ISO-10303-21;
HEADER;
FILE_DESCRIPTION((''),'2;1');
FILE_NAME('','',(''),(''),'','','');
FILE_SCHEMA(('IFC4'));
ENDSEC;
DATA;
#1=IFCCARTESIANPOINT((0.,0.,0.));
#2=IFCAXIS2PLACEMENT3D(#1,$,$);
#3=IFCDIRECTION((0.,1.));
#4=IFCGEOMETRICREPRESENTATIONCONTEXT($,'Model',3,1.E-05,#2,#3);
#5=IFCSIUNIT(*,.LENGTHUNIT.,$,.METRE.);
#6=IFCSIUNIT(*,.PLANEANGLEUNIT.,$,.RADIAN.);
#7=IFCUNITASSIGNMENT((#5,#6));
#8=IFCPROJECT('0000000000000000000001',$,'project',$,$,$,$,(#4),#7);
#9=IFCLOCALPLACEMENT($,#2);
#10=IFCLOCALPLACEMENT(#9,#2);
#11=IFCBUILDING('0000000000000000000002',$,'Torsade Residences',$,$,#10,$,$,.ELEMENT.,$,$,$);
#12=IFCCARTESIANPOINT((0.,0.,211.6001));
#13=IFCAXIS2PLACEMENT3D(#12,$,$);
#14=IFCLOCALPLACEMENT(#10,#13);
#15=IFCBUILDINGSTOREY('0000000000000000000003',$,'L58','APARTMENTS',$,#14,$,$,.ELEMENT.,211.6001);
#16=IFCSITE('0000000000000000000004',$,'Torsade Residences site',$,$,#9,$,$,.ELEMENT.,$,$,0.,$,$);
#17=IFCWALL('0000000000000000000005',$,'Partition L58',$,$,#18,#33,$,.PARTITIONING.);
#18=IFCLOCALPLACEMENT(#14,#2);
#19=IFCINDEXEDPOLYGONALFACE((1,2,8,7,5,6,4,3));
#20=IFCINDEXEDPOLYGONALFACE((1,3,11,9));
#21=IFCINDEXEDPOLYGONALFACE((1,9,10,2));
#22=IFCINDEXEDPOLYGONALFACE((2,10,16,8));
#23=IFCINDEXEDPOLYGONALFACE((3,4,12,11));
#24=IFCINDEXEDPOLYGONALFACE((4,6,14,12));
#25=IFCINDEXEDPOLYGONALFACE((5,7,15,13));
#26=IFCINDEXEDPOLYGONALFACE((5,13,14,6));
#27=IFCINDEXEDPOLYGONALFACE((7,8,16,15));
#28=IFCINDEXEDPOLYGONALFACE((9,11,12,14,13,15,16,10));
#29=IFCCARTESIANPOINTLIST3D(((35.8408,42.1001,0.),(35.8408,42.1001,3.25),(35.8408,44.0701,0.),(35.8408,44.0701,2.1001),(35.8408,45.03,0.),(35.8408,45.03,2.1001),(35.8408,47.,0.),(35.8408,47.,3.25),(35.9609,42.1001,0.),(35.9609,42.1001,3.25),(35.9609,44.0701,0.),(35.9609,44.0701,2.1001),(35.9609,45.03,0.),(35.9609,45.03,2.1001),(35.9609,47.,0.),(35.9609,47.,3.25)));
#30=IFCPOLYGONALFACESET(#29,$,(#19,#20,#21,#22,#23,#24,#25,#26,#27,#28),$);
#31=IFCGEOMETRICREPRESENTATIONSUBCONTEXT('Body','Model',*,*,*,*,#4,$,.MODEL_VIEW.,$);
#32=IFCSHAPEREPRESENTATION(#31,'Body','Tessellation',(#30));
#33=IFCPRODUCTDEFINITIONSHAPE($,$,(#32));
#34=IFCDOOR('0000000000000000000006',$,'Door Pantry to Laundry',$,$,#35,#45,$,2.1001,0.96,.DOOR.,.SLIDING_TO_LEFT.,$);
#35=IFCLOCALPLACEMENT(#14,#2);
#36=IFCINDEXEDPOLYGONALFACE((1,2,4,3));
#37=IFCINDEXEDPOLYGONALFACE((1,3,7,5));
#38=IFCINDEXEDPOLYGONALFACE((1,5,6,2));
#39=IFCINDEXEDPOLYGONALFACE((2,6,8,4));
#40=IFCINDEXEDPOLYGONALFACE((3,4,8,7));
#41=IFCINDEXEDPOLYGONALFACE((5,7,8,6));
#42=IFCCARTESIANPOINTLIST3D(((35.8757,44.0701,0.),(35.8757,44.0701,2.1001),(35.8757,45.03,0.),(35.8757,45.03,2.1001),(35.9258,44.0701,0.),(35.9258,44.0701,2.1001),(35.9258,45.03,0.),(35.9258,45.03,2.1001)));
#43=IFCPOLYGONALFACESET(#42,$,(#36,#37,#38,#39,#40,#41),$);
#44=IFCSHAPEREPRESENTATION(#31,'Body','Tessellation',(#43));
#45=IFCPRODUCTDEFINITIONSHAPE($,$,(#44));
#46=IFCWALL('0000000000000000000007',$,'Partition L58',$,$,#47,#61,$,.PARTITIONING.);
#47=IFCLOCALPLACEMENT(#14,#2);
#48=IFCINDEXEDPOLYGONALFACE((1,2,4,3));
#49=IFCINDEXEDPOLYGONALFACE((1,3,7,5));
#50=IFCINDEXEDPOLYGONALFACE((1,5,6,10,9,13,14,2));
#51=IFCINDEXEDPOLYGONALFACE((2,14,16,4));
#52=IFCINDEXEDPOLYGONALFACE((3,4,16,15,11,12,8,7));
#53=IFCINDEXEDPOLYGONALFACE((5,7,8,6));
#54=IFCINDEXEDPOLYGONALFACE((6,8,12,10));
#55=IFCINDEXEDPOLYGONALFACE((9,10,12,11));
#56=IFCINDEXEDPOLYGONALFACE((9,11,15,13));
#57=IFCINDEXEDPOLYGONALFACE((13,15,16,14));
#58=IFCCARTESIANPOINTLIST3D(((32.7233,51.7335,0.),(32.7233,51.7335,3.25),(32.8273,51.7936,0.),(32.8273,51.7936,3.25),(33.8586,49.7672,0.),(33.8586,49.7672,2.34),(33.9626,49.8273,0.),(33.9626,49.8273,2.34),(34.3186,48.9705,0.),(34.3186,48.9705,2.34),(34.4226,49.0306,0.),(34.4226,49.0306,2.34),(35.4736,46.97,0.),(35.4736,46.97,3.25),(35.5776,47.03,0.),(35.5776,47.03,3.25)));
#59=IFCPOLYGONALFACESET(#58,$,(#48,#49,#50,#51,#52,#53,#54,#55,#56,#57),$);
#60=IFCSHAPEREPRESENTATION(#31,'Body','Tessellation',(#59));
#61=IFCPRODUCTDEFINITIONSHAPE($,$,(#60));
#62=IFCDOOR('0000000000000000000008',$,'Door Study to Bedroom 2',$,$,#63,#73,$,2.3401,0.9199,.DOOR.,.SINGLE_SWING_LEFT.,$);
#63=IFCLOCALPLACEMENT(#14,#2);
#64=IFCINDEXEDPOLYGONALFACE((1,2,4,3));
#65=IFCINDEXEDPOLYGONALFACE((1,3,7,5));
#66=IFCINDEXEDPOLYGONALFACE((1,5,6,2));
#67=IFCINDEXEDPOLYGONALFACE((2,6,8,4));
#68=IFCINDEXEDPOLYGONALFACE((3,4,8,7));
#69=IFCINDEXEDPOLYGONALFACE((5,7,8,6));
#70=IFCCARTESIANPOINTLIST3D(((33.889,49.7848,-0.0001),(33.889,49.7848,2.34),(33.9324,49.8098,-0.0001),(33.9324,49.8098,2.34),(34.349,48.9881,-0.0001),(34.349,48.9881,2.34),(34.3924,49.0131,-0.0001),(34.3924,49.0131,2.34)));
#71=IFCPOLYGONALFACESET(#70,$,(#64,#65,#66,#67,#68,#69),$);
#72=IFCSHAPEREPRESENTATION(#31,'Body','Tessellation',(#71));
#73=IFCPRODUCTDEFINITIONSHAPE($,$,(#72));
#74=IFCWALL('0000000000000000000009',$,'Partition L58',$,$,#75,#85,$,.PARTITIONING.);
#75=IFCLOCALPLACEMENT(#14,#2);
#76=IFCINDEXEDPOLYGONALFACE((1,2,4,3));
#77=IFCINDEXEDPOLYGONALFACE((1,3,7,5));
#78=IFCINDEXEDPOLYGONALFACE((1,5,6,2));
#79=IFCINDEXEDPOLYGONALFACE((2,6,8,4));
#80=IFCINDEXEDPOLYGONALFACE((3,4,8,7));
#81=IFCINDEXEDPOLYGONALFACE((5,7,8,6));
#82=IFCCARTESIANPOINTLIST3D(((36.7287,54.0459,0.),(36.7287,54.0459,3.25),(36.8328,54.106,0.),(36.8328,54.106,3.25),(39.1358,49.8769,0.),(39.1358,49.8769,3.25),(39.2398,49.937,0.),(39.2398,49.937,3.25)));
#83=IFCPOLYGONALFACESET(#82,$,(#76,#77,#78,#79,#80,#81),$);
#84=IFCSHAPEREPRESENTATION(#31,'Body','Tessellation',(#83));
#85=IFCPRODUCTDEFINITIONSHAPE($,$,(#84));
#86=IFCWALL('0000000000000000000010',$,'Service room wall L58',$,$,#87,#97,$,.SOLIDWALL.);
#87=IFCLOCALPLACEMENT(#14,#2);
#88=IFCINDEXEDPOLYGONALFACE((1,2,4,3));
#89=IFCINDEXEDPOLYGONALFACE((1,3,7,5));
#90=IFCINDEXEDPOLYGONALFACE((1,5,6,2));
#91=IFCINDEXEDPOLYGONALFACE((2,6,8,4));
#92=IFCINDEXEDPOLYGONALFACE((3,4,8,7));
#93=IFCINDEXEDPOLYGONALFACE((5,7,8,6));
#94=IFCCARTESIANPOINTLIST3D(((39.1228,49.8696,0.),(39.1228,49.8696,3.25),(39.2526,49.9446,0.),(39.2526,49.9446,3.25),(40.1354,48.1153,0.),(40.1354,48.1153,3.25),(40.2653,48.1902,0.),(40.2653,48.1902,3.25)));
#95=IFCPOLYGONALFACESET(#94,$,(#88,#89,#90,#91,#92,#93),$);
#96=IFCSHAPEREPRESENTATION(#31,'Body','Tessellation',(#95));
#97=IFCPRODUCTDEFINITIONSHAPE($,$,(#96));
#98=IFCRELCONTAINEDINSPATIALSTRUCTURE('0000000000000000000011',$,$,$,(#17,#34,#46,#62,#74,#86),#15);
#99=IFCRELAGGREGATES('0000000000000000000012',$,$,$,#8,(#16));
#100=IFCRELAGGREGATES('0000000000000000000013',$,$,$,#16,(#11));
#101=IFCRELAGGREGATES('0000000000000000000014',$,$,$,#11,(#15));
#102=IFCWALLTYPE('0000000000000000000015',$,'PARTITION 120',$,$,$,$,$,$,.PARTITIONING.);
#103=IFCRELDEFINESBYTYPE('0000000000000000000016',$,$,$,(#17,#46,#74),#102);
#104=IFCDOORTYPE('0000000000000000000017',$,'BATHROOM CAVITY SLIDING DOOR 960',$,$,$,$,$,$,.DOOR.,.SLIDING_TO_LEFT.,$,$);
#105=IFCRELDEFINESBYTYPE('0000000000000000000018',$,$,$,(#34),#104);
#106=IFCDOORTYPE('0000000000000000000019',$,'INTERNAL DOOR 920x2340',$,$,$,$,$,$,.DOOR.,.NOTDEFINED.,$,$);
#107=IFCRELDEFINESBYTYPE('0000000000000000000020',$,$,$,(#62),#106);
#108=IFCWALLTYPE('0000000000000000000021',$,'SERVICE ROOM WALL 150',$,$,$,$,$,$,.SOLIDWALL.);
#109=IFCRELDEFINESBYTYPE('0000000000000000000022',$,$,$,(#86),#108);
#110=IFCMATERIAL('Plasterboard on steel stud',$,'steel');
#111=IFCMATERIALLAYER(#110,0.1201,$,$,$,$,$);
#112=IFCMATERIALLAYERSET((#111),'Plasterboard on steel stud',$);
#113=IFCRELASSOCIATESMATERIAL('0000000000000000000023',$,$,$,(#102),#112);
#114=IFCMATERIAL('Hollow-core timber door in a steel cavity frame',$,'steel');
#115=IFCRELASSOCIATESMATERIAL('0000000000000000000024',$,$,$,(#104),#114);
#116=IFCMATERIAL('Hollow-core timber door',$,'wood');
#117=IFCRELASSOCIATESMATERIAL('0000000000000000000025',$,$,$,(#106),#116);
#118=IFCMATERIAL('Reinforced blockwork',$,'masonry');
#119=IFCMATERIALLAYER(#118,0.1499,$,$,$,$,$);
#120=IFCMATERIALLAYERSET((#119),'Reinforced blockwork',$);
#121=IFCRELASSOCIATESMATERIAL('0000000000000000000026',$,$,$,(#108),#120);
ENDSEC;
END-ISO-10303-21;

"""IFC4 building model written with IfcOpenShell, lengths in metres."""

from ifc_helpers import new_model, si_unit, direction, frame, frame_2d, origin, place, context, subcontext, project, spatial, rectangle, extrude, material, layer, layer_set, type_object, element, fill, save


model = new_model("IFC4")

# Units and contexts
model_context = context("Model", 3, precision=1e-05, world=origin(), true_north=direction((0.0, 1.0)))
body_context = subcontext(model_context, "Body", "Model", "MODEL_VIEW")
ifc_project = project(units=[si_unit("LENGTHUNIT", "METRE"), si_unit("PLANEANGLEUNIT", "RADIAN")], contexts=[model_context])

# Site, building, storey
site_placement = place(None, origin())
site = spatial("IfcSite", under=ifc_project, at=site_placement, Name="Torsade Residences site", CompositionType="ELEMENT", RefElevation=0.0)
building_placement = place(site_placement, origin())
building = spatial("IfcBuilding", under=site, at=building_placement, Name="Torsade Residences", CompositionType="ELEMENT")
storey_placement = place(building_placement, frame((0.0, 0.0, 211.6001)))
storey = spatial("IfcBuildingStorey", under=building, at=storey_placement, Name="L58", Description="APARTMENTS", CompositionType="ELEMENT", Elevation=211.6001)

# Walls, openings, doors
ifc_material_1 = material(Name="Plasterboard on steel stud", Category="steel")
ifc_layer_1 = layer(ifc_material_1, 0.1201)
ifc_layer_set_1 = layer_set([ifc_layer_1], Name="Plasterboard on steel stud")
wall_type_1 = type_object("IfcWallType", Name="PARTITION 120", PredefinedType="PARTITIONING", material=ifc_layer_set_1)
wall_1_placement = place(storey_placement, frame((35.9009, 47.0, 0.0), z_axis=(0.0, 0.0, 1.0), x_axis=(0.0, -1.0, 0.0)))
wall_1 = element("IfcWall", 1, at=wall_1_placement, inside=storey, type_object=wall_type_1, Name="Partition L58", PredefinedType="PARTITIONING", context=body_context, shape_type="SweptSolid", body=[
    extrude(rectangle(XDim=4.8999, YDim=0.1201, at=frame_2d((2.45, 0.0))), origin(), (0.0, 0.0, 1.0), 3.25),
])
opening_1_placement = place(wall_1_placement, frame((1.97, 0.0, 0.0)))
opening_1 = element("IfcOpeningElement", 2, at=opening_1_placement, cuts=wall_1, PredefinedType="OPENING", context=body_context, shape_type="SweptSolid", body=[
    extrude(rectangle(XDim=0.96, YDim=2.1001, at=frame_2d((0.48, 1.05))), frame((0.0, 0.0701, 0.0), z_axis=(0.0, -1.0, 0.0), x_axis=(1.0, 0.0, 0.0)), (0.0, 0.0, 1.0), 0.1401),
])
ifc_material_2 = material(Name="Hollow-core timber door in a steel cavity frame", Category="steel")
door_type_1 = type_object("IfcDoorType", Name="BATHROOM CAVITY SLIDING DOOR 960", OperationType="SLIDING_TO_LEFT", PredefinedType="DOOR", material=ifc_material_2)
door_1_placement = place(opening_1_placement, origin())
door_1 = element("IfcDoor", 3, at=door_1_placement, inside=storey, type_object=door_type_1, Name="Door Pantry to Laundry", OperationType="SLIDING_TO_LEFT", OverallHeight=2.1001, OverallWidth=0.96, PredefinedType="DOOR", context=body_context, shape_type="SweptSolid", body=[
    extrude(rectangle(XDim=0.96, YDim=2.1001, at=frame_2d((0.48, 1.05))), frame((0.0, 0.0249, 0.0), z_axis=(0.0, -1.0, 0.0), x_axis=(1.0, 0.0, 0.0)), (0.0, 0.0, 1.0), 0.05),
])
fill(opening_1, door_1)
wall_2_placement = place(storey_placement, frame((35.5256, 47.0, 0.0), z_axis=(0.0, 0.0, 1.0), x_axis=(-0.500011, 0.866019, 0.0)))
wall_2 = element("IfcWall", 4, at=wall_2_placement, inside=storey, type_object=wall_type_1, Name="Partition L58", PredefinedType="PARTITIONING", context=body_context, shape_type="SweptSolid", body=[
    extrude(rectangle(XDim=5.5005, YDim=0.1201, at=frame_2d((2.7502, 0.0))), origin(), (0.0, 0.0, 1.0), 3.25),
])
opening_2_placement = place(wall_2_placement, frame((2.3101, 0.0, 0.0)))
opening_2 = element("IfcOpeningElement", 5, at=opening_2_placement, cuts=wall_2, PredefinedType="OPENING", context=body_context, shape_type="SweptSolid", body=[
    extrude(rectangle(XDim=0.9199, YDim=2.3401, at=frame_2d((0.46, 1.1699))), frame((0.0, 0.0701, 0.0), z_axis=(0.0, -1.0, 0.0), x_axis=(1.0, 0.0, 0.0)), (0.0, 0.0, 1.0), 0.1401),
])
ifc_material_3 = material(Name="Hollow-core timber door", Category="wood")
door_type_2 = type_object("IfcDoorType", Name="INTERNAL DOOR 920x2340", OperationType="NOTDEFINED", PredefinedType="DOOR", material=ifc_material_3)
door_2_placement = place(opening_2_placement, origin())
door_2 = element("IfcDoor", 6, at=door_2_placement, inside=storey, type_object=door_type_2, Name="Door Study to Bedroom 2", OperationType="SINGLE_SWING_LEFT", OverallHeight=2.3401, OverallWidth=0.9199, PredefinedType="DOOR", context=body_context, shape_type="SweptSolid", body=[
    extrude(rectangle(XDim=0.9199, YDim=2.3401, at=frame_2d((0.46, 1.1699))), frame((0.0, 0.0249, 0.0), z_axis=(0.0, -1.0, 0.0), x_axis=(1.0, 0.0, 0.0)), (0.0, 0.0, 1.0), 0.05),
])
fill(opening_2, door_2)

# Walls
wall_3_placement = place(storey_placement, frame((36.7808, 54.0759, 0.0), z_axis=(0.0, 0.0, 1.0), x_axis=(0.500006, -0.866022, 0.0)))
element("IfcWall", 7, at=wall_3_placement, inside=storey, type_object=wall_type_1, Name="Partition L58", PredefinedType="PARTITIONING", context=body_context, shape_type="SweptSolid", body=[
    extrude(rectangle(XDim=4.814, YDim=0.1201, at=frame_2d((2.407, 0.0))), origin(), (0.0, 0.0, 1.0), 3.25),
])
ifc_material_4 = material(Name="Reinforced blockwork", Category="masonry")
ifc_layer_2 = layer(ifc_material_4, 0.1499)
ifc_layer_set_2 = layer_set([ifc_layer_2], Name="Reinforced blockwork")
wall_type_2 = type_object("IfcWallType", Name="SERVICE ROOM WALL 150", PredefinedType="SOLIDWALL", material=ifc_layer_set_2)
wall_4_placement = place(storey_placement, frame((39.1877, 49.907, 0.0), z_axis=(0.0, 0.0, 1.0), x_axis=(0.499924, -0.866069, 0.0)))
element("IfcWall", 8, at=wall_4_placement, inside=storey, type_object=wall_type_2, Name="Service room wall L58", PredefinedType="SOLIDWALL", context=body_context, shape_type="SweptSolid", body=[
    extrude(rectangle(XDim=2.0256, YDim=0.1499, at=frame_2d((1.0127, 0.0))), origin(), (0.0, 0.0, 1.0), 3.25),
])

save(model, "model.ifc")
